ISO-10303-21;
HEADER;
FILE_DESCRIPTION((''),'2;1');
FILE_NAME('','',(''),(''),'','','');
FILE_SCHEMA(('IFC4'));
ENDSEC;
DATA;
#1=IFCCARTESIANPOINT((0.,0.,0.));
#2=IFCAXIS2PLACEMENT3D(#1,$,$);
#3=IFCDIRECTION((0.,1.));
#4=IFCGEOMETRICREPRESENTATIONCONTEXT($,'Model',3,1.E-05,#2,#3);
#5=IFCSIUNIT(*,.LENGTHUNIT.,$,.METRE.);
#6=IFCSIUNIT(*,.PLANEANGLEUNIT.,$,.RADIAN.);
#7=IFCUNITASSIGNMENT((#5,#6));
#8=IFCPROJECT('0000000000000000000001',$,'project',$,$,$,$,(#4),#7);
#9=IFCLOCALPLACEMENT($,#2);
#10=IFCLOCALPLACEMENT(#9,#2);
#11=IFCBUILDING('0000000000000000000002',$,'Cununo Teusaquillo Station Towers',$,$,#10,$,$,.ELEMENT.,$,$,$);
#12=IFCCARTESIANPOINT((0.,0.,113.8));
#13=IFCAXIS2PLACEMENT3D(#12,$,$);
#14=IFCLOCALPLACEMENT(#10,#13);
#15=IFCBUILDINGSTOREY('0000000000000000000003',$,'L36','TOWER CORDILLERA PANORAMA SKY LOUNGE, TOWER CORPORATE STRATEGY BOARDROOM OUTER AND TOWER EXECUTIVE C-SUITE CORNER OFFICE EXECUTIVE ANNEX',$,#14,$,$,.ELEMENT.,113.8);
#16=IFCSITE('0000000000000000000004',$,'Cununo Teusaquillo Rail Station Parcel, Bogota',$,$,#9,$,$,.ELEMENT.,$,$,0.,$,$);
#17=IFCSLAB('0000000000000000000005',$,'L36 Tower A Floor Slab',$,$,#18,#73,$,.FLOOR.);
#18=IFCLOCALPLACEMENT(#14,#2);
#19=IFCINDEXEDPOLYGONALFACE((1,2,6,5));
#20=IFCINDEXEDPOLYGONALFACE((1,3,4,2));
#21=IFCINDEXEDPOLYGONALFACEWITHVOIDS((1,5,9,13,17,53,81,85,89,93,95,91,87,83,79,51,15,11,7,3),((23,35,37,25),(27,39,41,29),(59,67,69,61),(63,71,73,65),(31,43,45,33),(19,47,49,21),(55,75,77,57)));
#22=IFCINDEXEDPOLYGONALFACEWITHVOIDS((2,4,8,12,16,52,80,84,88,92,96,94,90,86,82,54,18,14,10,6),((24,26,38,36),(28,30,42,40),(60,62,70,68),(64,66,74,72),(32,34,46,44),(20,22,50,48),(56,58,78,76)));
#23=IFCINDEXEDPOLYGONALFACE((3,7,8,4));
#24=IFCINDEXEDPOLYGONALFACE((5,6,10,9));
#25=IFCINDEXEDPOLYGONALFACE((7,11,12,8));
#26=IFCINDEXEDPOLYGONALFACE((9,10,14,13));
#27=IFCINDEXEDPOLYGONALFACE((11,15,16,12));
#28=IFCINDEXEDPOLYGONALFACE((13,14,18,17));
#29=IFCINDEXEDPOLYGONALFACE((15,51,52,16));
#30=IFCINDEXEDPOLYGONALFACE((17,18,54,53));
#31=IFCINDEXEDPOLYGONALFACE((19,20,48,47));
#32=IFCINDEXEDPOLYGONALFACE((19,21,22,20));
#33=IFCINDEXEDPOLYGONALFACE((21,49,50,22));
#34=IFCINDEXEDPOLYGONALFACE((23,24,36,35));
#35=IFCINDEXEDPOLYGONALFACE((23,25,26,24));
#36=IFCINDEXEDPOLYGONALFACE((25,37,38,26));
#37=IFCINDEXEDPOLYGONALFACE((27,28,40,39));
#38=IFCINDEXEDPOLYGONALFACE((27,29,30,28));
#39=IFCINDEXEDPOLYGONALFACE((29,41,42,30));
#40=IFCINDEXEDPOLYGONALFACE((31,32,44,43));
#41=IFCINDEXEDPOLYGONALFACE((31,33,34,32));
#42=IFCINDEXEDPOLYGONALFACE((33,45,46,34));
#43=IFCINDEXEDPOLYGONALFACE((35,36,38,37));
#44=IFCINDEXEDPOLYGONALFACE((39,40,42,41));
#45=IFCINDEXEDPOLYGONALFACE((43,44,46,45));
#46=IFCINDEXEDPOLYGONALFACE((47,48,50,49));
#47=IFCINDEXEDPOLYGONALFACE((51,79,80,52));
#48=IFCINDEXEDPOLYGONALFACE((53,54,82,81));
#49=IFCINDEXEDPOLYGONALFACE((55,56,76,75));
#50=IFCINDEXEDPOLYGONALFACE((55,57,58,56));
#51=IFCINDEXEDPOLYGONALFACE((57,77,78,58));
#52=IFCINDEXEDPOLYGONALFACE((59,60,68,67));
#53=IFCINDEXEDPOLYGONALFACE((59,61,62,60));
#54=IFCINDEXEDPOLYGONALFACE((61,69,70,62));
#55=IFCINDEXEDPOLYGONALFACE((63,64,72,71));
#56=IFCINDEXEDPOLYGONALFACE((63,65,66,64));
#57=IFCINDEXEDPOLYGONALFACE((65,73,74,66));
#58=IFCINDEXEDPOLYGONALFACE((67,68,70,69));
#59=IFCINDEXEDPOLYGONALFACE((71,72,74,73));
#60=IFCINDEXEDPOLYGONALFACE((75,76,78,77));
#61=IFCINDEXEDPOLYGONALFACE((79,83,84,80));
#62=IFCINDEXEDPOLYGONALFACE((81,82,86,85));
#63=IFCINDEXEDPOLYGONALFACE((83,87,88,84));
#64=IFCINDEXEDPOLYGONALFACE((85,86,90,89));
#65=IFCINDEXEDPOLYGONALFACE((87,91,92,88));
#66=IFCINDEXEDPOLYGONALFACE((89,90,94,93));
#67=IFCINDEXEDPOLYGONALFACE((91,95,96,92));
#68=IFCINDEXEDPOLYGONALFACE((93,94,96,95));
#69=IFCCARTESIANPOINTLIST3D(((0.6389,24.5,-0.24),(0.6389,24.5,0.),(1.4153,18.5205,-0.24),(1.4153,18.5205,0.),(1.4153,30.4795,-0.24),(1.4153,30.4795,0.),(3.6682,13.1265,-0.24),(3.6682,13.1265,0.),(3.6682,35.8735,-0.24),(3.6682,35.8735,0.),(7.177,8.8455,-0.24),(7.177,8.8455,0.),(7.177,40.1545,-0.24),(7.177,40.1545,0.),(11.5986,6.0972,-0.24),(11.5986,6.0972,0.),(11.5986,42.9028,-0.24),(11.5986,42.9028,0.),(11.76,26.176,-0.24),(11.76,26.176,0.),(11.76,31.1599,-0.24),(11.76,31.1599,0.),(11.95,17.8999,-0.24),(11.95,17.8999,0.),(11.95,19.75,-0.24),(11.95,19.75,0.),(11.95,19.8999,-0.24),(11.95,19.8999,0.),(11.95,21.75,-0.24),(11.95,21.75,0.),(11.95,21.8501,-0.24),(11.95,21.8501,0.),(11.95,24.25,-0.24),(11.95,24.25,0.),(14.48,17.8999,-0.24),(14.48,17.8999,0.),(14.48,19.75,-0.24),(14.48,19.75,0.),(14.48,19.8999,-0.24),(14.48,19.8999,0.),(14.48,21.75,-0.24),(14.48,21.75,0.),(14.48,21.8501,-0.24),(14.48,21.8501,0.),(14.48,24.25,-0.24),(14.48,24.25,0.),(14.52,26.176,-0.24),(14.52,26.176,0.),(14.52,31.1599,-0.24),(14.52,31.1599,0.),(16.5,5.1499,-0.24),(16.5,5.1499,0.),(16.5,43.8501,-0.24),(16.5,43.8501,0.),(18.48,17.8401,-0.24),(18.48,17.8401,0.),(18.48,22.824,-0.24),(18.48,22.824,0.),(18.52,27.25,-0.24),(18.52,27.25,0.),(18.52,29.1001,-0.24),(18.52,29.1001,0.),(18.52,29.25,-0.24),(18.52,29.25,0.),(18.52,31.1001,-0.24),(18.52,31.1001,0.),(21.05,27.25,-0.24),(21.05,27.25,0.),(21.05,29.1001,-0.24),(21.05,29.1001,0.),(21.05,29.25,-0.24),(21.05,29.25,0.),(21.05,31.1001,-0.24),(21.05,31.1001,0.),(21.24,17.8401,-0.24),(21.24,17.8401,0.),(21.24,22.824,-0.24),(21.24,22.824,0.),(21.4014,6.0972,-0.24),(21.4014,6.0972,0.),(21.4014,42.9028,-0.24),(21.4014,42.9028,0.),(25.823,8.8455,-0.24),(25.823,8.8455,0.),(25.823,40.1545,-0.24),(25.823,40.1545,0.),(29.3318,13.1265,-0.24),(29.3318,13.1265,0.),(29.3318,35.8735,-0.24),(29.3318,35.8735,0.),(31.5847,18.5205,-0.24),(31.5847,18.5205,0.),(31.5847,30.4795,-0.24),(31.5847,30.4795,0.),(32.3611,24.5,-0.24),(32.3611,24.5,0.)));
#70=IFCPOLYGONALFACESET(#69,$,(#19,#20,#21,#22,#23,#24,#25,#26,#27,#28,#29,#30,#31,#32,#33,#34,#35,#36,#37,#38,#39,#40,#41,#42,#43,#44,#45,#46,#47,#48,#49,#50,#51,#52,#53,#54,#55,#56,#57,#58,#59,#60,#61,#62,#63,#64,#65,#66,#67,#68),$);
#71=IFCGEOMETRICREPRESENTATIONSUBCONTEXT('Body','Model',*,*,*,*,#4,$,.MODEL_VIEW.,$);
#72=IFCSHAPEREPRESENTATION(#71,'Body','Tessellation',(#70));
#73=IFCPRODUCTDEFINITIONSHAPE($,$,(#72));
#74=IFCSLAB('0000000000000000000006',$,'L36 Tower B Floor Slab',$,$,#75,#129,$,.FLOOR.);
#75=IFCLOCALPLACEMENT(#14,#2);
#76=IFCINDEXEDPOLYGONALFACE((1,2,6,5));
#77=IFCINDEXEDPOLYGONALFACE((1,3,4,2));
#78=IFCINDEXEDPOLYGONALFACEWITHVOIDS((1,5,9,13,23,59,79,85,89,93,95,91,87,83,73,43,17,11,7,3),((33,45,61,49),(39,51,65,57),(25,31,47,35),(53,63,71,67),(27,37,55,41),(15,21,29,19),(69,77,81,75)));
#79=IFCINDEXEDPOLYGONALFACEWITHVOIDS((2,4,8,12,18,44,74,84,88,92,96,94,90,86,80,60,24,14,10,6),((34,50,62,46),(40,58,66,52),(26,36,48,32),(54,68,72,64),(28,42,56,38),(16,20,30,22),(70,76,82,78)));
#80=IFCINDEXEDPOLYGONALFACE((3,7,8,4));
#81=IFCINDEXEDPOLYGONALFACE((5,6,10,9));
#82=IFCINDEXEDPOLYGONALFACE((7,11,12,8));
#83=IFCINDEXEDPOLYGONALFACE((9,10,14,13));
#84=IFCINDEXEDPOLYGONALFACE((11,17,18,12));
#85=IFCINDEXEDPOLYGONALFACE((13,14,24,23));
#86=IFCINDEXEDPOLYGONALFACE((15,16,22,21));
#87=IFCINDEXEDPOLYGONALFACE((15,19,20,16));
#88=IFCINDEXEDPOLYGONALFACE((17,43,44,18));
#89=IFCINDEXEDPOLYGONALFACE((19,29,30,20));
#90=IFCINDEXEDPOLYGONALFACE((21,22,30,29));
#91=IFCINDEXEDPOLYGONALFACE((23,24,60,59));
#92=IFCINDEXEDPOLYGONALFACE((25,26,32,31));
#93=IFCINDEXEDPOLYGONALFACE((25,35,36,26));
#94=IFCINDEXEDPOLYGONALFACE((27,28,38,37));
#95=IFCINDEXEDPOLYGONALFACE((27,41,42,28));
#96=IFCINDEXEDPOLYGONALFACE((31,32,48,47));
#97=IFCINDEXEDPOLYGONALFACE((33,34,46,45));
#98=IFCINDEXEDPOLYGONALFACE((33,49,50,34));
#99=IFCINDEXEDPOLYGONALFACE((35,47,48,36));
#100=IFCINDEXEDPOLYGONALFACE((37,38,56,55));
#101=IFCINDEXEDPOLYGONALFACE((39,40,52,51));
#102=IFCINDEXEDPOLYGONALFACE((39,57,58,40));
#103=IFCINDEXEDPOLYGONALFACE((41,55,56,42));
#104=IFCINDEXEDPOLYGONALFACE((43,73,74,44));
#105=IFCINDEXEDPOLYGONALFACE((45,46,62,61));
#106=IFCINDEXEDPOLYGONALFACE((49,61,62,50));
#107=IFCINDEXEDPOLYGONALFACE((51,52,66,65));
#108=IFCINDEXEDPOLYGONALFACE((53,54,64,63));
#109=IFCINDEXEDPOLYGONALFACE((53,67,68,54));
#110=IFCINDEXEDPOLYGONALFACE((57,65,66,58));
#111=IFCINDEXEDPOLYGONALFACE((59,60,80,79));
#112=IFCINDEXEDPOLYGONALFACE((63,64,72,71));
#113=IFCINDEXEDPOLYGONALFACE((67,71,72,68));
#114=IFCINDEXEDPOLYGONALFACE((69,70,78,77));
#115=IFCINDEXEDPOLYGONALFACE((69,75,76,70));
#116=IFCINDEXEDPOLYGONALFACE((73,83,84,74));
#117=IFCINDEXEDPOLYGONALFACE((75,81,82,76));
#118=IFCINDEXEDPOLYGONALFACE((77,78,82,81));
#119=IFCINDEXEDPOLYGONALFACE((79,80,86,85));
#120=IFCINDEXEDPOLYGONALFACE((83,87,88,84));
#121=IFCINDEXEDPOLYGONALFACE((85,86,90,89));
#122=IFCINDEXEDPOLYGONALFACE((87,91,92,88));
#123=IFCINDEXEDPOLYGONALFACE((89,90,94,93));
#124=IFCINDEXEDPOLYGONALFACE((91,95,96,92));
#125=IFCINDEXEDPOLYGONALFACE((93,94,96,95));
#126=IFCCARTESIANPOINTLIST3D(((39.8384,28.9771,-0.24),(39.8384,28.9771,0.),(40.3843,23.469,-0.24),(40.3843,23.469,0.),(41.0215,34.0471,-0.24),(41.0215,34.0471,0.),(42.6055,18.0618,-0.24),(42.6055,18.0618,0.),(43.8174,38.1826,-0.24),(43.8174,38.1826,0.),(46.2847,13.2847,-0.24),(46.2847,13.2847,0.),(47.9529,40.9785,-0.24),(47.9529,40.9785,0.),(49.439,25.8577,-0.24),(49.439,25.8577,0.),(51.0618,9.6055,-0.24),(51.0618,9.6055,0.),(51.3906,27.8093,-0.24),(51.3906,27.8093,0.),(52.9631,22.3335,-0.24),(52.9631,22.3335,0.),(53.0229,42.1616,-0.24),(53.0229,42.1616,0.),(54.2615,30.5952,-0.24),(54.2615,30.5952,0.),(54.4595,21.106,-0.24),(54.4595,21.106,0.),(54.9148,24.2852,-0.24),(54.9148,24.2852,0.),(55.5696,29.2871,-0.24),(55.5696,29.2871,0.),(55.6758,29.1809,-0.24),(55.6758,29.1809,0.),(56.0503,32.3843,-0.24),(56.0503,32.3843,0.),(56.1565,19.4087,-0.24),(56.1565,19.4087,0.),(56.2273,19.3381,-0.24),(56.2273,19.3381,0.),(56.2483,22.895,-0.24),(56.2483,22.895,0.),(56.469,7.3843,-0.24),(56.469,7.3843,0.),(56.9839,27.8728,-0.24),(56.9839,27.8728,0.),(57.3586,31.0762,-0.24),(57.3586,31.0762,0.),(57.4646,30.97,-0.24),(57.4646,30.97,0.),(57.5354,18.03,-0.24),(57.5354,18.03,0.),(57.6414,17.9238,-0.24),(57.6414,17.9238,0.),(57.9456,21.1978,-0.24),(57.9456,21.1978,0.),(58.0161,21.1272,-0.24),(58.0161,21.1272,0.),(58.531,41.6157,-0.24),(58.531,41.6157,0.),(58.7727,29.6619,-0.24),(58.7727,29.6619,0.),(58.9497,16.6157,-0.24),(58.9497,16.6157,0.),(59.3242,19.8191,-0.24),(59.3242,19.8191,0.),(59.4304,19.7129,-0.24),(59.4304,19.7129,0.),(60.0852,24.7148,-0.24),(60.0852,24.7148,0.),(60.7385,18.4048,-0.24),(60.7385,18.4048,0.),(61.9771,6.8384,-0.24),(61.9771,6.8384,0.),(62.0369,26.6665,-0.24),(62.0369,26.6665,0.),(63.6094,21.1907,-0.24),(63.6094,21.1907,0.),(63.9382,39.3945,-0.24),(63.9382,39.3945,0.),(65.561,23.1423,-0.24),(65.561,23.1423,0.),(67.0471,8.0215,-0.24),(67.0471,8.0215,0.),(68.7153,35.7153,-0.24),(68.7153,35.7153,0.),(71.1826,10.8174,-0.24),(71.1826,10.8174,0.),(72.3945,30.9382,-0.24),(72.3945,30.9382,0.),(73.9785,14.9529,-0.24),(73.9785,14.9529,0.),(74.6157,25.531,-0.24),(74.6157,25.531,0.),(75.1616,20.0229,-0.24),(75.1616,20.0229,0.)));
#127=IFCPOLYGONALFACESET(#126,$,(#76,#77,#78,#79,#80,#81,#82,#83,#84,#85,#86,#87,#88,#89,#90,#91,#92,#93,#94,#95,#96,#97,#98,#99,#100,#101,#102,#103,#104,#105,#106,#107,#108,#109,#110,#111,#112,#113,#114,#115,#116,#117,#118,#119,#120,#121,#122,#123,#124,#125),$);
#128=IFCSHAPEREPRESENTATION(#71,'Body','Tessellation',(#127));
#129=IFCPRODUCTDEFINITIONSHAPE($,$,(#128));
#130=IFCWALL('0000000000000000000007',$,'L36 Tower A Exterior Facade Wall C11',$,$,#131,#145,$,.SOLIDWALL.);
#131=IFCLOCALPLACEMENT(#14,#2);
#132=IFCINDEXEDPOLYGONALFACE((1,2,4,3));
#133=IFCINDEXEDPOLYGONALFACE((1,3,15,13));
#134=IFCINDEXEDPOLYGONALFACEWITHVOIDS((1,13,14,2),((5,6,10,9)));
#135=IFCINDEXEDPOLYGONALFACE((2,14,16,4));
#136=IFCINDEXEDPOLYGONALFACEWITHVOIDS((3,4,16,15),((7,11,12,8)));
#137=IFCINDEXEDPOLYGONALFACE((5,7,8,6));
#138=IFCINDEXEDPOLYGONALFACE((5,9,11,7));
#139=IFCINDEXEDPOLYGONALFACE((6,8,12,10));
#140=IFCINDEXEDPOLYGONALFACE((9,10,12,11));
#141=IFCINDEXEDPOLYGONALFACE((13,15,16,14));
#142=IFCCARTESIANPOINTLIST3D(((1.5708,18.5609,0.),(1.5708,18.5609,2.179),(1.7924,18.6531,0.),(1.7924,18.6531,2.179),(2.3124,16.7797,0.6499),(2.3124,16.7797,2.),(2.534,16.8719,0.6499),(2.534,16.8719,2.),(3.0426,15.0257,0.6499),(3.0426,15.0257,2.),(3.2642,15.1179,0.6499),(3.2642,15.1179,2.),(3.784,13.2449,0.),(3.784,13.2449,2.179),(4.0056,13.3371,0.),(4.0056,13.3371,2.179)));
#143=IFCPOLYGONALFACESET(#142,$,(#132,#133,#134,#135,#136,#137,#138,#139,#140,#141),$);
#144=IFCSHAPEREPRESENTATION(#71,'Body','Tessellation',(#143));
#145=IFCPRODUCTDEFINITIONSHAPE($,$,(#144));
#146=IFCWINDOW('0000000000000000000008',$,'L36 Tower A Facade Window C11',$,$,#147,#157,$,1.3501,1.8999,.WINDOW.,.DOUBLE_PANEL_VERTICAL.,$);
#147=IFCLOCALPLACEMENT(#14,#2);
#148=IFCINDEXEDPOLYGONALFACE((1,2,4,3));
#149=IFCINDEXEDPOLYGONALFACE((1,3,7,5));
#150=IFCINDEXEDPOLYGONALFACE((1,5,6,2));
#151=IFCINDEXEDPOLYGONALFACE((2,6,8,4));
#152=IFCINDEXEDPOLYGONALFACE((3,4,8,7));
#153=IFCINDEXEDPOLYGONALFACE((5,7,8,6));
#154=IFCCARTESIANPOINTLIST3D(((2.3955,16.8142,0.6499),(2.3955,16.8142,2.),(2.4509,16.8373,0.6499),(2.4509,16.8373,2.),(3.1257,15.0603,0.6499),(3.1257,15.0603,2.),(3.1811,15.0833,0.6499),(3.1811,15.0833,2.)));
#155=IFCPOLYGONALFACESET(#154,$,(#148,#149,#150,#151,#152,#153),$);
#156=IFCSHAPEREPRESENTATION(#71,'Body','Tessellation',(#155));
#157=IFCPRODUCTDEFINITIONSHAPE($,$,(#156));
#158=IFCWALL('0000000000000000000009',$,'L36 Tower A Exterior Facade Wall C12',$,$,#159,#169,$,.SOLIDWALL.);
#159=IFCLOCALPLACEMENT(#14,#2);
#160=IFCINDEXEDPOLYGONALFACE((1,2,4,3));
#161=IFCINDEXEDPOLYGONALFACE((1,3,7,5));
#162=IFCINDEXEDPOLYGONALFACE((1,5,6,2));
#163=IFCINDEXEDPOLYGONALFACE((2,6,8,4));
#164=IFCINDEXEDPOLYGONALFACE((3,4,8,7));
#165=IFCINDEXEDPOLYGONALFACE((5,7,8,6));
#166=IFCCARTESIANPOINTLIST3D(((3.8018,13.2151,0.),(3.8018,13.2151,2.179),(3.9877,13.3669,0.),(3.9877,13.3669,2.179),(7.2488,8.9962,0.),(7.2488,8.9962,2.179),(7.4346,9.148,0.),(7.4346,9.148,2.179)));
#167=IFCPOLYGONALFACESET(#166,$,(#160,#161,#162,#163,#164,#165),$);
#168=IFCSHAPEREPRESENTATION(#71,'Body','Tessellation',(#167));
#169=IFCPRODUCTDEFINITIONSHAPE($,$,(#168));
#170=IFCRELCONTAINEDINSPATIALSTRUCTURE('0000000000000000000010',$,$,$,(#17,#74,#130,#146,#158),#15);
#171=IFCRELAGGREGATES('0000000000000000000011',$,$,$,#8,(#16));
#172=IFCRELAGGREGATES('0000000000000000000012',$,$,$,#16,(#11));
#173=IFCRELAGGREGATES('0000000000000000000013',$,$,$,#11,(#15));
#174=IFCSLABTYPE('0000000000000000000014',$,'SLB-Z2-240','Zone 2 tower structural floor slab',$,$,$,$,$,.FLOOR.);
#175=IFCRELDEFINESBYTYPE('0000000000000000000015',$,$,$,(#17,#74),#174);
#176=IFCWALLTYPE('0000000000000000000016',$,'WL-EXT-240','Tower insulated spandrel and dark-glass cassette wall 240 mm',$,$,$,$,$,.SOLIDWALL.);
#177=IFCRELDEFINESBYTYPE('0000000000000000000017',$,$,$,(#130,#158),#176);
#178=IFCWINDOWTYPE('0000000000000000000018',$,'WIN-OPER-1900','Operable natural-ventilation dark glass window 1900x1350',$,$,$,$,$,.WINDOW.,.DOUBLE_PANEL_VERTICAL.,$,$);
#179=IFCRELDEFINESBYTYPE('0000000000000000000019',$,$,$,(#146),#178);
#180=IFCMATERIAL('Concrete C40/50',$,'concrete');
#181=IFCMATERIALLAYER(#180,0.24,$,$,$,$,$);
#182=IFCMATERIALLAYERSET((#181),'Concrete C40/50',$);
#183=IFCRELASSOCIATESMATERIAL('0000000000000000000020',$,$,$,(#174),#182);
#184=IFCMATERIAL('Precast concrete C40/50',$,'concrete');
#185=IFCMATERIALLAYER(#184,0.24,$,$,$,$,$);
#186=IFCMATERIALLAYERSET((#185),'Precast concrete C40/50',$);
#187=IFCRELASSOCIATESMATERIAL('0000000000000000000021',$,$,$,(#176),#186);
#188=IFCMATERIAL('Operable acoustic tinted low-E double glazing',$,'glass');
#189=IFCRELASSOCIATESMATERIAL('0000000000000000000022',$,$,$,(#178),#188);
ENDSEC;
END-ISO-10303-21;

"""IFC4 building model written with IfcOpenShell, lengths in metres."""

from ifc_helpers import new_model, si_unit, direction, frame, frame_2d, origin, place, context, subcontext, project, spatial, polyline, rectangle, outline, extrude, source, transform, mapped, material, layer, layer_set, type_object, element, fill, save


model = new_model("IFC4")

# Units and contexts
model_context = context("Model", 3, precision=1e-05, world=origin(), true_north=direction((0.0, 1.0)))
body_context = subcontext(model_context, "Body", "Model", "MODEL_VIEW")
ifc_project = project(units=[si_unit("LENGTHUNIT", "METRE"), si_unit("PLANEANGLEUNIT", "RADIAN")], contexts=[model_context])

# Site, building, storey
site_placement = place(None, origin())
site = spatial("IfcSite", under=ifc_project, at=site_placement, Name="Cununo Teusaquillo Rail Station Parcel, Bogota", CompositionType="ELEMENT", RefElevation=0.0)
building_placement = place(site_placement, origin())
building = spatial("IfcBuilding", under=site, at=building_placement, Name="Cununo Teusaquillo Station Towers", CompositionType="ELEMENT")
storey_placement = place(building_placement, frame((0.0, 0.0, 113.8)))
storey = spatial("IfcBuildingStorey", under=building, at=storey_placement, Name="L36", Description="TOWER CORDILLERA PANORAMA SKY LOUNGE, TOWER CORPORATE STRATEGY BOARDROOM OUTER AND TOWER EXECUTIVE C-SUITE CORNER OFFICE EXECUTIVE ANNEX", CompositionType="ELEMENT", Elevation=113.8)

# Slabs
ifc_material_1 = material(Name="Concrete C40/50", Category="concrete")
ifc_layer_1 = layer(ifc_material_1, 0.24)
ifc_layer_set_1 = layer_set([ifc_layer_1], Name="Concrete C40/50")
slab_type_1 = type_object("IfcSlabType", Name="SLB-Z2-240", Description="Zone 2 tower structural floor slab", PredefinedType="FLOOR", material=ifc_layer_set_1)
slab_1_placement = place(storey_placement, frame((0.0, 0.0, -0.24)))
element("IfcSlab", 1, at=slab_1_placement, inside=storey, type_object=slab_type_1, Name="L36 Tower A Floor Slab", PredefinedType="FLOOR", context=body_context, shape_type="SweptSolid", body=[
    extrude(outline(polyline([(32.3611, 24.5), (31.5847, 30.4795), (29.3318, 35.8735), (25.823, 40.1545), (21.4014, 42.9028), (16.5, 43.8501), (11.5986, 42.9028), (7.177, 40.1545), (3.6682, 35.8735), (1.4153, 30.4795), (0.6389, 24.5), (1.4153, 18.5205), (3.6682, 13.1265), (7.177, 8.8455), (11.5986, 6.0972), (16.5, 5.1499), (21.4014, 6.0972), (25.823, 8.8455), (29.3318, 13.1265), (31.5847, 18.5205), (32.3611, 24.5)]), holes=[polyline([(14.52, 26.176), (14.52, 31.1599), (11.76, 31.1599), (11.76, 26.176), (14.52, 26.176)]), polyline([(18.48, 22.824), (18.48, 17.8401), (21.24, 17.8401), (21.24, 22.824), (18.48, 22.824)]), polyline([(11.95, 21.8501), (14.48, 21.8501), (14.48, 24.25), (11.95, 24.25), (11.95, 21.8501)]), polyline([(11.95, 17.8999), (14.48, 17.8999), (14.48, 19.75), (11.95, 19.75), (11.95, 17.8999)]), polyline([(11.95, 19.8999), (14.48, 19.8999), (14.48, 21.75), (11.95, 21.75), (11.95, 19.8999)]), polyline([(18.52, 27.25), (21.05, 27.25), (21.05, 29.1001), (18.52, 29.1001), (18.52, 27.25)]), polyline([(18.52, 29.25), (21.05, 29.25), (21.05, 31.1001), (18.52, 31.1001), (18.52, 29.25)])]), origin(), (0.0, 0.0, 1.0), 0.24),
])
slab_2_placement = place(storey_placement, frame((0.0, 0.0, -0.24)))
element("IfcSlab", 2, at=slab_2_placement, inside=storey, type_object=slab_type_1, Name="L36 Tower B Floor Slab", PredefinedType="FLOOR", context=body_context, shape_type="SweptSolid", body=[
    extrude(outline(polyline([(68.7153, 35.7153), (63.9382, 39.3945), (58.531, 41.6157), (53.0229, 42.1616), (47.9529, 40.9785), (43.8174, 38.1826), (41.0215, 34.0471), (39.8384, 28.9771), (40.3843, 23.469), (42.6055, 18.0618), (46.2847, 13.2847), (51.0618, 9.6055), (56.469, 7.3843), (61.9771, 6.8384), (67.0471, 8.0215), (71.1826, 10.8174), (73.9785, 14.9529), (75.1616, 20.0229), (74.6157, 25.531), (72.3945, 30.9382), (68.7153, 35.7153)]), holes=[polyline([(54.9148, 24.2852), (51.3906, 27.8093), (49.439, 25.8577), (52.9631, 22.3335), (54.9148, 24.2852)]), polyline([(60.0852, 24.7148), (63.6094, 21.1907), (65.561, 23.1423), (62.0369, 26.6665), (60.0852, 24.7148)]), polyline([(56.1565, 19.4087), (57.9456, 21.1978), (56.2483, 22.895), (54.4595, 21.106), (56.1565, 19.4087)]), polyline([(58.9497, 16.6157), (60.7385, 18.4048), (59.4304, 19.7129), (57.6414, 17.9238), (58.9497, 16.6157)]), polyline([(57.5354, 18.03), (59.3242, 19.8191), (58.0161, 21.1272), (56.2273, 19.3381), (57.5354, 18.03)]), polyline([(56.9839, 27.8728), (58.7727, 29.6619), (57.4646, 30.97), (55.6758, 29.1809), (56.9839, 27.8728)]), polyline([(55.5696, 29.2871), (57.3586, 31.0762), (56.0503, 32.3843), (54.2615, 30.5952), (55.5696, 29.2871)])]), origin(), (0.0, 0.0, 1.0), 0.24),
])

# Wall, opening, window
ifc_material_2 = material(Name="Precast concrete C40/50", Category="concrete")
ifc_layer_2 = layer(ifc_material_2, 0.24)
ifc_layer_set_2 = layer_set([ifc_layer_2], Name="Precast concrete C40/50")
wall_type_1 = type_object("IfcWallType", Name="WL-EXT-240", Description="Tower insulated spandrel and dark-glass cassette wall 240 mm", PredefinedType="SOLIDWALL", material=ifc_layer_set_2)
wall_1_placement = place(storey_placement, frame((3.8948, 13.291, 0.0), z_axis=(0.0, 0.0, 1.0), x_axis=(-0.384344, 0.92319, 0.0)))
wall_1 = element("IfcWall", 3, at=wall_1_placement, inside=storey, type_object=wall_type_1, Name="L36 Tower A Exterior Facade Wall C11", PredefinedType="SOLIDWALL", context=body_context, shape_type="SweptSolid", body=[
    extrude(rectangle(XDim=5.7583, YDim=0.24, at=frame_2d((2.8792, 0.0))), origin(), (0.0, 0.0, 1.0), 2.179),
])
shared_shape_1 = source(origin(), body_context, "Body", "SweptSolid", [
    extrude(rectangle(XDim=1.8999, YDim=1.3501, at=frame_2d((0.95, 0.675))), frame((0.0, 0.1299, 0.0), z_axis=(0.0, -1.0, 0.0), x_axis=(1.0, 0.0, 0.0)), (0.0, 0.0, 1.0), 0.26),
])
opening_1_placement = place(wall_1_placement, frame((1.929, 0.0, 0.6499)))
opening_1 = element("IfcOpeningElement", 4, at=opening_1_placement, cuts=wall_1, PredefinedType="OPENING", context=body_context, shape_type="MappedRepresentation", body=[
    mapped(shared_shape_1, transform((0.0, 0.0, 0.0), x_axis=(1.0, 0.0, 0.0), y_axis=(0.0, 1.0, 0.0), z_axis=(0.0, 0.0, 1.0), scale=1.0)),
])
ifc_material_3 = material(Name="Operable acoustic tinted low-E double glazing", Category="glass")
window_type = type_object("IfcWindowType", Name="WIN-OPER-1900", Description="Operable natural-ventilation dark glass window 1900x1350", PartitioningType="DOUBLE_PANEL_VERTICAL", PredefinedType="WINDOW", material=ifc_material_3)
shared_shape_2 = source(origin(), body_context, "Body", "SweptSolid", [
    extrude(rectangle(XDim=1.8999, YDim=1.3501, at=frame_2d((0.95, 0.675))), frame((0.0, 0.03, 0.0), z_axis=(0.0, -1.0, 0.0), x_axis=(1.0, 0.0, 0.0)), (0.0, 0.0, 1.0), 0.0601),
])
window_1_placement = place(opening_1_placement, origin())
window_1 = element("IfcWindow", 5, at=window_1_placement, inside=storey, type_object=window_type, Name="L36 Tower A Facade Window C11", OverallHeight=1.3501, OverallWidth=1.8999, PartitioningType="DOUBLE_PANEL_VERTICAL", PredefinedType="WINDOW", context=body_context, shape_type="MappedRepresentation", body=[
    mapped(shared_shape_2, transform((0.0, 0.0, 0.0), x_axis=(1.0, 0.0, 0.0), y_axis=(0.0, 1.0, 0.0), z_axis=(0.0, 0.0, 1.0), scale=1.0)),
])
fill(opening_1, window_1)

# Wall
wall_2_placement = place(storey_placement, frame((7.3418, 9.072, 0.0), z_axis=(0.0, 0.0, 1.0), x_axis=(-0.632701, 0.774396, 0.0)))
element("IfcWall", 6, at=wall_2_placement, inside=storey, type_object=wall_type_1, Name="L36 Tower A Exterior Facade Wall C12", PredefinedType="SOLIDWALL", context=body_context, shape_type="SweptSolid", body=[
    extrude(rectangle(XDim=5.448, YDim=0.24, at=frame_2d((2.7241, 0.0))), origin(), (0.0, 0.0, 1.0), 2.179),
])

save(model, "model.ifc")
